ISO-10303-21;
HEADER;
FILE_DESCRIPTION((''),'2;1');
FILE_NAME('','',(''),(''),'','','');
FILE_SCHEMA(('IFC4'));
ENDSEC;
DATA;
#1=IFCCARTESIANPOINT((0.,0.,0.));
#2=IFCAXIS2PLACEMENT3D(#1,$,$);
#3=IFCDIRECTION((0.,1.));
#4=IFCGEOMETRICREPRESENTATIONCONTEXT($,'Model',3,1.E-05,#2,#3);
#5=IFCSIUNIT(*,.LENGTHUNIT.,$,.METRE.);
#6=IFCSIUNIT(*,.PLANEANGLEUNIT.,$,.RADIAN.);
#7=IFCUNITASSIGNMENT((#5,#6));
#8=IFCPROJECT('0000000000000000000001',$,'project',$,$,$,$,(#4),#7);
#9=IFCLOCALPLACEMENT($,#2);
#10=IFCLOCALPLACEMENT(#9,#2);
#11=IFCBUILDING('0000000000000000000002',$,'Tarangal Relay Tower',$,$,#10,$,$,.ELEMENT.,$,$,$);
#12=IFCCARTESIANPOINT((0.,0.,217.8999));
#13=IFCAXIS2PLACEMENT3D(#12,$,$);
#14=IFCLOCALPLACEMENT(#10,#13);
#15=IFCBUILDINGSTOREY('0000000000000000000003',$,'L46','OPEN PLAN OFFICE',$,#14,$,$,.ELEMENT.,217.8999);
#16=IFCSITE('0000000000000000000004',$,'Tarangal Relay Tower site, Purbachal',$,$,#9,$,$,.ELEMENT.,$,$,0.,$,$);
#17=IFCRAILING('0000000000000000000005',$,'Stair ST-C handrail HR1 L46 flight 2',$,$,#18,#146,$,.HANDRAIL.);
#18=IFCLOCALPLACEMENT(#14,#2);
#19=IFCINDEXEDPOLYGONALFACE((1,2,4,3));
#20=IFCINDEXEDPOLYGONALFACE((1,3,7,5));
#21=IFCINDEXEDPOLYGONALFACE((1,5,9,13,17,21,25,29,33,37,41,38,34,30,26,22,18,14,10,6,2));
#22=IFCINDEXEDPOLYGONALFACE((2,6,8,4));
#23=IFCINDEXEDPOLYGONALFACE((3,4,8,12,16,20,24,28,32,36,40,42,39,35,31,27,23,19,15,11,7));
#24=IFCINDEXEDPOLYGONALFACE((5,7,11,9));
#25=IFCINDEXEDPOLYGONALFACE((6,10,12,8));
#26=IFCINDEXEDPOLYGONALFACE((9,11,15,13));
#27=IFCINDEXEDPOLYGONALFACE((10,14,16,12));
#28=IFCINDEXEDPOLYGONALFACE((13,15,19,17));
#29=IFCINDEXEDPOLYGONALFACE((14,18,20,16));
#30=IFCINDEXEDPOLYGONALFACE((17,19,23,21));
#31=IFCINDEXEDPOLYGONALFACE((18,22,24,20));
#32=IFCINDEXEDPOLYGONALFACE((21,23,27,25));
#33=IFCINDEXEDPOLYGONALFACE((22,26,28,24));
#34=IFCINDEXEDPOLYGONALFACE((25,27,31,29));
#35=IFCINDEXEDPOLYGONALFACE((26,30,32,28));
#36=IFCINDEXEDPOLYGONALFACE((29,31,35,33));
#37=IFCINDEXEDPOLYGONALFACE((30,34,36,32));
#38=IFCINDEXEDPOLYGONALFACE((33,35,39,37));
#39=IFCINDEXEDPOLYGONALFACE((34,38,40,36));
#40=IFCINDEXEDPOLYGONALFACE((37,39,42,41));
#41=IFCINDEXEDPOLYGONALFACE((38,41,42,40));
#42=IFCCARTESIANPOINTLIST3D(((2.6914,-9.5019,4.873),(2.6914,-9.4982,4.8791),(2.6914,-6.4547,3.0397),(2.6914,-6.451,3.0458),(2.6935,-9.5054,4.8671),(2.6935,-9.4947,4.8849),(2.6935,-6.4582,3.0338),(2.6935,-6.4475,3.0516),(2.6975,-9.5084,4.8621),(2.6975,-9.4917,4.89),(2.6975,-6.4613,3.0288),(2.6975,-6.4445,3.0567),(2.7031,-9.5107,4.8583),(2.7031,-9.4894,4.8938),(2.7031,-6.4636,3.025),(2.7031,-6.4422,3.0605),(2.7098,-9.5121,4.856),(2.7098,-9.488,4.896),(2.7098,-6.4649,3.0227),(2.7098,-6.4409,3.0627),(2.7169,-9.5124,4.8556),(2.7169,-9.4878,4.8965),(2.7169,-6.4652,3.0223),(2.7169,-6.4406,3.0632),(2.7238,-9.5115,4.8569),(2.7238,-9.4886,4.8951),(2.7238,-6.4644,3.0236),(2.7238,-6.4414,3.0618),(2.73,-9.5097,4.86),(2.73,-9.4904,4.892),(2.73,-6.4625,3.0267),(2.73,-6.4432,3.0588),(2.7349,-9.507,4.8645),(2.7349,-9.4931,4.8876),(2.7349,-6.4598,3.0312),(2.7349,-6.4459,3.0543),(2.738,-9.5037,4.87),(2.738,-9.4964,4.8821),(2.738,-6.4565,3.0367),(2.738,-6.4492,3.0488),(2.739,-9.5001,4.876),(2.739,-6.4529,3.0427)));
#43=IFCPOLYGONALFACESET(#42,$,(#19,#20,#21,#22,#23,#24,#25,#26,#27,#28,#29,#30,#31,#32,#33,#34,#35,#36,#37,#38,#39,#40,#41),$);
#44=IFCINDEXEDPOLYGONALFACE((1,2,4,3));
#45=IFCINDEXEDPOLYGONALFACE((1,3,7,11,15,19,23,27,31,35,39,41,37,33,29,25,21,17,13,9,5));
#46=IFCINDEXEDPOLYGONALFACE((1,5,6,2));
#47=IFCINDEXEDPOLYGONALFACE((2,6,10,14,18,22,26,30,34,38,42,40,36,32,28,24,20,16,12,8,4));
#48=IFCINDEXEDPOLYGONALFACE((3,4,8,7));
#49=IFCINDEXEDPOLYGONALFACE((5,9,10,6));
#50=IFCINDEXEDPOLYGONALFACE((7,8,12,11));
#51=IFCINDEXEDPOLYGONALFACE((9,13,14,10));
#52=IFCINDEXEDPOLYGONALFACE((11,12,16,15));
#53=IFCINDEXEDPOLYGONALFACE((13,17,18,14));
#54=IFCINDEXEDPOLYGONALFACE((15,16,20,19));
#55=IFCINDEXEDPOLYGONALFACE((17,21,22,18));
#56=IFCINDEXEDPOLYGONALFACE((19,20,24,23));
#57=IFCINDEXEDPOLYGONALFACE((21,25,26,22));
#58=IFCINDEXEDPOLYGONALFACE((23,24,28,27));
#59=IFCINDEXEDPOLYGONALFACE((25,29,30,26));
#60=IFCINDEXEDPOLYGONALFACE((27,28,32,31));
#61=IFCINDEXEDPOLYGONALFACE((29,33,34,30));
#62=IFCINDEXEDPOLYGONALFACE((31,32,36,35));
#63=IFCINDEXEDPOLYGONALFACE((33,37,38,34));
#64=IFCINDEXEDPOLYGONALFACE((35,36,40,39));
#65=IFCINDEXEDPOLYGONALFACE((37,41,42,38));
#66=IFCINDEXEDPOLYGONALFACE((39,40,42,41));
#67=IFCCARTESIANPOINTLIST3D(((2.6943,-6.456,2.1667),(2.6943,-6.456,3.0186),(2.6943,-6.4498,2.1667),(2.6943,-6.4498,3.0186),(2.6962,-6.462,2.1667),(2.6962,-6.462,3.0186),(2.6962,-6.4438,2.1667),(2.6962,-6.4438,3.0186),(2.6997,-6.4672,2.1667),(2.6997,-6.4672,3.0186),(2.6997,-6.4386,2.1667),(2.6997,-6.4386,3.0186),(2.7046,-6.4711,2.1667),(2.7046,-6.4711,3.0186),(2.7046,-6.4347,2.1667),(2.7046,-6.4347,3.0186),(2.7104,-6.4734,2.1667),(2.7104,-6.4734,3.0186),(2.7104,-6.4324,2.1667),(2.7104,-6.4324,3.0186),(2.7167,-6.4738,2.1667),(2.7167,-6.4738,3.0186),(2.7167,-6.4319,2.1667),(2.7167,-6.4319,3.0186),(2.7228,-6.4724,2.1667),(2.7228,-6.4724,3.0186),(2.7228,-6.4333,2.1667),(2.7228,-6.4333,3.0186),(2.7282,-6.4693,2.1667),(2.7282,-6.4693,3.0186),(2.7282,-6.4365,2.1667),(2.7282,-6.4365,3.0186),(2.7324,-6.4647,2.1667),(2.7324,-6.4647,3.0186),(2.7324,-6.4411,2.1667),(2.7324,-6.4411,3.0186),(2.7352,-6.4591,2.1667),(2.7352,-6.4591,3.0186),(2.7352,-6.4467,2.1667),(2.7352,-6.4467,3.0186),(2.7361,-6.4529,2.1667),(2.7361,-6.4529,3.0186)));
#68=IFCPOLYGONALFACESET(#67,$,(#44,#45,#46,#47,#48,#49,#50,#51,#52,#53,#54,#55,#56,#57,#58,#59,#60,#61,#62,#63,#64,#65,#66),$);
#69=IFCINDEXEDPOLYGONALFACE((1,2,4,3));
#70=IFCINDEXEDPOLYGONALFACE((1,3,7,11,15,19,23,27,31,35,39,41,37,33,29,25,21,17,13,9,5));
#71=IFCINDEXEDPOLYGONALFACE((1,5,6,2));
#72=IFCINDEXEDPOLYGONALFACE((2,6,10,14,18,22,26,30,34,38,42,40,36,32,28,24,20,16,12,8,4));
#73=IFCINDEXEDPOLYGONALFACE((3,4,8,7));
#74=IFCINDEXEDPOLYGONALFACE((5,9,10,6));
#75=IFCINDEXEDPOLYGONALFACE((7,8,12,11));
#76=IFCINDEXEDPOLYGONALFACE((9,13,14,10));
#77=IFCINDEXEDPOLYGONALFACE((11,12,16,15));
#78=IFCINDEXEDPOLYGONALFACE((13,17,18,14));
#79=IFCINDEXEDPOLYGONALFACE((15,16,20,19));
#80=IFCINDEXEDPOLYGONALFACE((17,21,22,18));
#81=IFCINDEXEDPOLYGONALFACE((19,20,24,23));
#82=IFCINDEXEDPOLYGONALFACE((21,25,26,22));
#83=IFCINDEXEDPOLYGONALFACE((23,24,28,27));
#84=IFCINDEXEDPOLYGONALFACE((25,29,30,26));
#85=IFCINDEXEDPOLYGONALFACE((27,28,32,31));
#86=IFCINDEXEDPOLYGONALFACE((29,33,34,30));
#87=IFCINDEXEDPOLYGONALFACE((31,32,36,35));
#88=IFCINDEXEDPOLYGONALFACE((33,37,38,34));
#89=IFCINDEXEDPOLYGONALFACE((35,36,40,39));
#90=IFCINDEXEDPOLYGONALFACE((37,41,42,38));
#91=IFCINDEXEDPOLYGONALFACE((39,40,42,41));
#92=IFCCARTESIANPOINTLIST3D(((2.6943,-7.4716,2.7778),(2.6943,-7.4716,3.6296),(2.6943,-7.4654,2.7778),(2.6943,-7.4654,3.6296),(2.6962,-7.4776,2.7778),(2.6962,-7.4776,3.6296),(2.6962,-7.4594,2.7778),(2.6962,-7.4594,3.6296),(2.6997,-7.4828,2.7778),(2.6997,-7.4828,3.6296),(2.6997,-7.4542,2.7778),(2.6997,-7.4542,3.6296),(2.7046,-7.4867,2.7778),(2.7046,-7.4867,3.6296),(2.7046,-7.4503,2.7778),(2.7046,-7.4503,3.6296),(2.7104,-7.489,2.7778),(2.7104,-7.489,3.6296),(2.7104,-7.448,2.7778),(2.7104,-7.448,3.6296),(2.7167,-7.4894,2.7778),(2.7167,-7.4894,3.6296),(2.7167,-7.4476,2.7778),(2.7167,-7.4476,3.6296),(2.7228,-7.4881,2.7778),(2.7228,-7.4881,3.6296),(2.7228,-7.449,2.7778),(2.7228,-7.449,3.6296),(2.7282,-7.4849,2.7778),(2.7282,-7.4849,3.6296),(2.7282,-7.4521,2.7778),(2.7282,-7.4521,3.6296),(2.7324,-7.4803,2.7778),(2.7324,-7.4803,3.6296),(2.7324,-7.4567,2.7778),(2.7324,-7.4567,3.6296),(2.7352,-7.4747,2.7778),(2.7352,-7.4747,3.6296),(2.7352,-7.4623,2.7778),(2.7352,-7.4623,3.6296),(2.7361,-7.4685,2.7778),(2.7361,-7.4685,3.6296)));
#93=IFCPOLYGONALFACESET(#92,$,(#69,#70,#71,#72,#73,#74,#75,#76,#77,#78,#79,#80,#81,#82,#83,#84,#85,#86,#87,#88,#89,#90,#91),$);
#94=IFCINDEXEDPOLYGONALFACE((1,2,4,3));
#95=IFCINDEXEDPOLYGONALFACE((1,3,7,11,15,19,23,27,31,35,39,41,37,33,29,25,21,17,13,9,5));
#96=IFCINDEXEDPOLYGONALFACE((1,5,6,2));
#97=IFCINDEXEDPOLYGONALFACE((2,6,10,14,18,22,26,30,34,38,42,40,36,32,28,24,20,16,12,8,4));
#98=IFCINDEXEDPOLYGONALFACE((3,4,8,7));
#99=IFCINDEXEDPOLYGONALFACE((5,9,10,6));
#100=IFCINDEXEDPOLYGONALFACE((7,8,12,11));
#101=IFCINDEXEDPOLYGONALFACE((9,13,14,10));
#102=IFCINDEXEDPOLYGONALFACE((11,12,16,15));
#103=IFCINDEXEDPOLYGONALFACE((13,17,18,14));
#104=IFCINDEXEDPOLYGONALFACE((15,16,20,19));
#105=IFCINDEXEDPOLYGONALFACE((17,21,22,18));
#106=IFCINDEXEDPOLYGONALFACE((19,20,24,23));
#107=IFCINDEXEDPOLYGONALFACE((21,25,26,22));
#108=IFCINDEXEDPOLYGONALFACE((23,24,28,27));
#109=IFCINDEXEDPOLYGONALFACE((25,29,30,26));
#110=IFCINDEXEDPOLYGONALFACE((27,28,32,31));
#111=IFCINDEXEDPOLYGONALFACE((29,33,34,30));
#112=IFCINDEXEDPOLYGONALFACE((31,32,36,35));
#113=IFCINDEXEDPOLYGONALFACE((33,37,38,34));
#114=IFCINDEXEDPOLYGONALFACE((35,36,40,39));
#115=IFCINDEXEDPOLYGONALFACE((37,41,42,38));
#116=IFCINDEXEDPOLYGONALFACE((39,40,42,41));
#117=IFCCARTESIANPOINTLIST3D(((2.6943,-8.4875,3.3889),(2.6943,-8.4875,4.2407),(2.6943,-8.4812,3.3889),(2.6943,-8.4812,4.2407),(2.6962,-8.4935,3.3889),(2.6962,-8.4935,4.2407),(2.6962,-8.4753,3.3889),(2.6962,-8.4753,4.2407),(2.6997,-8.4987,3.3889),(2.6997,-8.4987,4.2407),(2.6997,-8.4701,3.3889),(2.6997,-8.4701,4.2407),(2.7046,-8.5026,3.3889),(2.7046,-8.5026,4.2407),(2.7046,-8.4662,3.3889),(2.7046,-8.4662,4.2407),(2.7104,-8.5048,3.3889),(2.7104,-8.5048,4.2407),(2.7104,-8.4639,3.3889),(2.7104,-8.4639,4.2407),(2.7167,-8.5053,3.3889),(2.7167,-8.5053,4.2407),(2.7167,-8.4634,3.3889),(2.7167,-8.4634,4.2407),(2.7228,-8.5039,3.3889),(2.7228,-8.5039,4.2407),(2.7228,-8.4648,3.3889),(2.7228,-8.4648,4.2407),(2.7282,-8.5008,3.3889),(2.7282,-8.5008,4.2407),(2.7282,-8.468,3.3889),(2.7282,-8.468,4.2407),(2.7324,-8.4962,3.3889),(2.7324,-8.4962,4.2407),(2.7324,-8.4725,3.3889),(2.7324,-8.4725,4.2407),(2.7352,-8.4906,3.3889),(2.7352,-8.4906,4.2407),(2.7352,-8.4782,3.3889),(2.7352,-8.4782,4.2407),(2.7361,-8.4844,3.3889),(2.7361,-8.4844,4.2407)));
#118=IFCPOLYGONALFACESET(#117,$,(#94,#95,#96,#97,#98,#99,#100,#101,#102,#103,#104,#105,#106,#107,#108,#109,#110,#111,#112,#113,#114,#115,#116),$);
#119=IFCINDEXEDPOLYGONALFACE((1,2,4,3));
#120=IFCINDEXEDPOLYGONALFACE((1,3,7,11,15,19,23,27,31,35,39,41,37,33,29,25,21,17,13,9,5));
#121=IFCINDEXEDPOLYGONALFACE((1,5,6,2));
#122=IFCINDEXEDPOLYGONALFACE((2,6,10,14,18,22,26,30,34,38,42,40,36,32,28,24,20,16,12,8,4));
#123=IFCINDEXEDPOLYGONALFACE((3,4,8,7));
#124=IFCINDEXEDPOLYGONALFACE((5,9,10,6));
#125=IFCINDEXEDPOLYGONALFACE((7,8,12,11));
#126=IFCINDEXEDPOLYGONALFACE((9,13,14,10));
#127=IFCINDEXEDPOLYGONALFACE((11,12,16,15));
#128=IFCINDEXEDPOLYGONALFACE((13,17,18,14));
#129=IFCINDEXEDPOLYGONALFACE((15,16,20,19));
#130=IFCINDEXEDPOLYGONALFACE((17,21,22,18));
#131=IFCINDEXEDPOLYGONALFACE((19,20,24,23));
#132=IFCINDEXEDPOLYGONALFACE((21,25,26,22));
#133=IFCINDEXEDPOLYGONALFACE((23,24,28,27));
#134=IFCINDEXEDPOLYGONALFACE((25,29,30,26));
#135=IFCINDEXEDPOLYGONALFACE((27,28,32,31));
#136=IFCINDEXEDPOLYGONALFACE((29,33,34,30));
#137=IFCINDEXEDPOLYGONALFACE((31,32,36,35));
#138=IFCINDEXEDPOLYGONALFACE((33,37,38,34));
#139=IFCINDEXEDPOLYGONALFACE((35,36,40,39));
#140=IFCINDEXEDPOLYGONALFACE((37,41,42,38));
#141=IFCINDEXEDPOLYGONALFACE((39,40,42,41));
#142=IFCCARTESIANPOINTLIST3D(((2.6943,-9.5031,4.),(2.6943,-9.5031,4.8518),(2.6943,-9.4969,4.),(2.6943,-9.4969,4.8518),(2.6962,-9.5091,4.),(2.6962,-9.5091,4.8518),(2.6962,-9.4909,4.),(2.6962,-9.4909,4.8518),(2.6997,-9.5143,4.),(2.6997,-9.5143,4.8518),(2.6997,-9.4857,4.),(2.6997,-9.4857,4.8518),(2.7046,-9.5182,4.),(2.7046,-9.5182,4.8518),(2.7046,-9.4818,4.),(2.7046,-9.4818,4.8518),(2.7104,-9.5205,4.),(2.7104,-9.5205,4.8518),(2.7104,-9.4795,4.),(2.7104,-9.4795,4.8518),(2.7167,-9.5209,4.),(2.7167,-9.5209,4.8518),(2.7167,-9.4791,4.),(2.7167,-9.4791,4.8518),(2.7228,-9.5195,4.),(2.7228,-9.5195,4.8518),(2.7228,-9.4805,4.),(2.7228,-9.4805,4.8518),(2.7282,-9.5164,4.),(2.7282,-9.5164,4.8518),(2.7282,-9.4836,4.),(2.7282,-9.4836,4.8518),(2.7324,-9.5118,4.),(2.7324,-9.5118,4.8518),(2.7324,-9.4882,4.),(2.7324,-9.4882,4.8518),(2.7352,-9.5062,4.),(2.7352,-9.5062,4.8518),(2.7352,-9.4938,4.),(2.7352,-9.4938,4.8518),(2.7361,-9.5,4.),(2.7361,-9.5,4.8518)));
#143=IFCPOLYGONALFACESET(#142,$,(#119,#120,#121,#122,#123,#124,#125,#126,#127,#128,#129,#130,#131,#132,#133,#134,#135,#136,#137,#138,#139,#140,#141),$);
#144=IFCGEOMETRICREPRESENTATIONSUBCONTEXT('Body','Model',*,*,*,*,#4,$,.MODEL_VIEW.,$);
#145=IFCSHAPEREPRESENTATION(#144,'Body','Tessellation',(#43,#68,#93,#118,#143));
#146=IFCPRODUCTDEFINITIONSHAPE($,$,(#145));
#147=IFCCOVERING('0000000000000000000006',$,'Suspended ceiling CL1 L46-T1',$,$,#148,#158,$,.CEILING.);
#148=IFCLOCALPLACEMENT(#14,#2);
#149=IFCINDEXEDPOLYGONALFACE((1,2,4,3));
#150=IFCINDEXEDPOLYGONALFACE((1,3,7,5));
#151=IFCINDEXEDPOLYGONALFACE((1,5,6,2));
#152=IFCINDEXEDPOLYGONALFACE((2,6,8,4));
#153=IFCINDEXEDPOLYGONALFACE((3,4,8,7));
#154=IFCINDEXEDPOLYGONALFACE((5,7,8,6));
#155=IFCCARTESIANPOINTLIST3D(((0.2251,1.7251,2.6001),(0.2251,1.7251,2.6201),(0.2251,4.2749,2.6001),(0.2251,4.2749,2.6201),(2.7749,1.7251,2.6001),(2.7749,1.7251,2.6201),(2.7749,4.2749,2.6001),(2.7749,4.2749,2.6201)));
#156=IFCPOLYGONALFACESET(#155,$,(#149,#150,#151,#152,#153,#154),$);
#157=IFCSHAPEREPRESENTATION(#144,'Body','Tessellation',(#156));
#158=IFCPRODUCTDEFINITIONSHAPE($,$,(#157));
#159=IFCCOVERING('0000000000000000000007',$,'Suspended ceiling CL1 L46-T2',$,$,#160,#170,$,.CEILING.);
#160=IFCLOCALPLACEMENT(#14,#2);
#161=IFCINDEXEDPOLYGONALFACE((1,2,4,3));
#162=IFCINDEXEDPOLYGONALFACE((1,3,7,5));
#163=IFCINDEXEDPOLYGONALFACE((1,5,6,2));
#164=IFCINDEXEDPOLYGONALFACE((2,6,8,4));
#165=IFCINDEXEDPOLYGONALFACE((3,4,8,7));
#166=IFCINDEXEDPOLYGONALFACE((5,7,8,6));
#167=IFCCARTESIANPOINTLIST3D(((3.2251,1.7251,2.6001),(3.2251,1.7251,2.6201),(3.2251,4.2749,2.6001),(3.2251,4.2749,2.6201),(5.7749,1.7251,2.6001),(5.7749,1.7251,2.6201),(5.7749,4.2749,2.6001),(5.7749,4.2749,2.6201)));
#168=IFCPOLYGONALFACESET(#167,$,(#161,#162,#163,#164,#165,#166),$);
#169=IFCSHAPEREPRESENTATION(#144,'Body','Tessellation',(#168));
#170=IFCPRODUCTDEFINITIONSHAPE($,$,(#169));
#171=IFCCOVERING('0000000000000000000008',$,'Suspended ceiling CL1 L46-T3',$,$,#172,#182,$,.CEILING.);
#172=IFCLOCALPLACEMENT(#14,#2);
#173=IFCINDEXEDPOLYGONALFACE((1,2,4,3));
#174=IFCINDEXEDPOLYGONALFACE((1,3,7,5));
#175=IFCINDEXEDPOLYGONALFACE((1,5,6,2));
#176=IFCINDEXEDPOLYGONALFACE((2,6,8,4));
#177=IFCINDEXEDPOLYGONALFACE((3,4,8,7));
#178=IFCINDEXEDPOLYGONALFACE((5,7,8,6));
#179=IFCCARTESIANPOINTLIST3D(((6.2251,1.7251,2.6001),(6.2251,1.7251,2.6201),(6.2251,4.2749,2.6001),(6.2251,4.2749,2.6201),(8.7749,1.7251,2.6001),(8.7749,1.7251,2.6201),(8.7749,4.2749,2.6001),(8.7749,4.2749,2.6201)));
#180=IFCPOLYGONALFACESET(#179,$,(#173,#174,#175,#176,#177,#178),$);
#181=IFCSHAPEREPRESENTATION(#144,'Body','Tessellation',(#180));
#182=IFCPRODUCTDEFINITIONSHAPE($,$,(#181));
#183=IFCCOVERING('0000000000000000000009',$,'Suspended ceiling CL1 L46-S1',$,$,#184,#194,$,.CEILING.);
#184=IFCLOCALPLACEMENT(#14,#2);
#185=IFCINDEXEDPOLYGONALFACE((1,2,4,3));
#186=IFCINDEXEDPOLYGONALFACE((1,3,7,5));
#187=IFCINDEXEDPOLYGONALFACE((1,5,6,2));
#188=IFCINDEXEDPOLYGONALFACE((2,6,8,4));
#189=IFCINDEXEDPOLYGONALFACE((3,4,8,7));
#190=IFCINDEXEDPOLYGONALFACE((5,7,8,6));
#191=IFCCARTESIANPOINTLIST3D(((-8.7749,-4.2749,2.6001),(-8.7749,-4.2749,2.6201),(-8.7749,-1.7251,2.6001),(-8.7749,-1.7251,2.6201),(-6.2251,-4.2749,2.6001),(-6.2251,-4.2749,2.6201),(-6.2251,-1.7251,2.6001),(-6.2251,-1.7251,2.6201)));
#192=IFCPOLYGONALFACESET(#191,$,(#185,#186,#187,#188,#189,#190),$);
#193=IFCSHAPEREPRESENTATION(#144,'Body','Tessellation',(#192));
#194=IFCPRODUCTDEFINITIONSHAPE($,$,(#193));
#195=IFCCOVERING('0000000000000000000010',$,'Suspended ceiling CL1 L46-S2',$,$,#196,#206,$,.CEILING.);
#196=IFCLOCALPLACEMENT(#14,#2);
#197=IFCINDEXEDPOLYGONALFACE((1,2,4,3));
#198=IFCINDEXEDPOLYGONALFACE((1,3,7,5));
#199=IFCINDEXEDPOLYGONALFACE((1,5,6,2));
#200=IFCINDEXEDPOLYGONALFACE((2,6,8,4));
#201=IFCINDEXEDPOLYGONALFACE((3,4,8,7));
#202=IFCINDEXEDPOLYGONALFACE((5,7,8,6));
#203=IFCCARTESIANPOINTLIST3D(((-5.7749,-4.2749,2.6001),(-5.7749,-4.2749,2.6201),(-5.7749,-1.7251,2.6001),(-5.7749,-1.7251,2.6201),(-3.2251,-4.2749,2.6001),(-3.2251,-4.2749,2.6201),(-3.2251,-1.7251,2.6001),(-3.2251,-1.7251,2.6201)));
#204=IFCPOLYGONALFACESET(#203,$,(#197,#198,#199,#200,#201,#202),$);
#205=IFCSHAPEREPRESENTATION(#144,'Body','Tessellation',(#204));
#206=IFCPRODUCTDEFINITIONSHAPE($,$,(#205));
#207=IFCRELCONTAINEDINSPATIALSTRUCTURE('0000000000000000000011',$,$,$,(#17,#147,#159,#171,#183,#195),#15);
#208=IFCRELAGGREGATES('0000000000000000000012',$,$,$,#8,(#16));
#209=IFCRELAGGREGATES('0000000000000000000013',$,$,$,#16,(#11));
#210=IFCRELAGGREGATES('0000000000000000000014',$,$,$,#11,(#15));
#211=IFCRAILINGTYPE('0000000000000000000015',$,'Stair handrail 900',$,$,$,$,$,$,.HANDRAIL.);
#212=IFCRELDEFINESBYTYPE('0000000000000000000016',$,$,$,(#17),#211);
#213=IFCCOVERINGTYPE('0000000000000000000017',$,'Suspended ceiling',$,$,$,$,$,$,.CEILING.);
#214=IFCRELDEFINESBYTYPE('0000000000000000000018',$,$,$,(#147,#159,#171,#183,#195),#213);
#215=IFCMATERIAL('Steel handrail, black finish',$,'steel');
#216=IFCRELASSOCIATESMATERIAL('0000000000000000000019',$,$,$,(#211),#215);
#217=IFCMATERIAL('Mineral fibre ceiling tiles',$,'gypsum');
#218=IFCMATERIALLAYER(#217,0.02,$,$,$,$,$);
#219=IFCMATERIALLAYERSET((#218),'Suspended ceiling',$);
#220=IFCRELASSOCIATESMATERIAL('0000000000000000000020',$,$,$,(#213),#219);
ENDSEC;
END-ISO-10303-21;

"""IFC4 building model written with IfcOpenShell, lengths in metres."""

from ifc_helpers import new_model, si_unit, direction, frame, origin, origin_2d, place, context, subcontext, project, spatial, polyline, circle, outline, extrude, material, layer, layer_set, type_object, element, save


model = new_model("IFC4")

# Units and contexts
model_context = context("Model", 3, precision=1e-05, world=origin(), true_north=direction((0.0, 1.0)))
body_context = subcontext(model_context, "Body", "Model", "MODEL_VIEW")
ifc_project = project(units=[si_unit("LENGTHUNIT", "METRE"), si_unit("PLANEANGLEUNIT", "RADIAN")], contexts=[model_context])

# Site, building, storey
site_placement = place(None, origin())
site = spatial("IfcSite", under=ifc_project, at=site_placement, Name="Tarangal Relay Tower site, Purbachal", CompositionType="ELEMENT", RefElevation=0.0)
building_placement = place(site_placement, origin())
building = spatial("IfcBuilding", under=site, at=building_placement, Name="Tarangal Relay Tower", CompositionType="ELEMENT")
storey_placement = place(building_placement, frame((0.0, 0.0, 217.8999)))
storey = spatial("IfcBuildingStorey", under=building, at=storey_placement, Name="L46", Description="OPEN PLAN OFFICE", CompositionType="ELEMENT", Elevation=217.8999)

# Railing
ifc_material_1 = material(Name="Steel handrail, black finish", Category="steel")
railing_type_1 = type_object("IfcRailingType", Name="Stair handrail 900", PredefinedType="HANDRAIL", material=ifc_material_1)
railing_1_placement = place(storey_placement, frame((2.7151, -6.4529, 2.1667)))
element("IfcRailing", 1, at=railing_1_placement, inside=storey, type_object=railing_type_1, Name="Stair ST-C handrail HR1 L46 flight 2", PredefinedType="HANDRAIL", context=body_context, shape_type="SweptSolid", body=[
    extrude(circle(Radius=0.0239, at=origin_2d()), frame((0.0, 0.0, 0.876), z_axis=(0.0, -0.856874, 0.515525), x_axis=(1.0, 0.0, 0.0)), (0.0, 0.0, 1.0), 3.5562),
    extrude(circle(Radius=0.021, at=origin_2d()), origin(), (0.0, 0.0, 1.0), 0.8518),
    extrude(circle(Radius=0.021, at=origin_2d()), frame((0.0, -1.0156, 0.6111)), (0.0, 0.0, 1.0), 0.8518),
    extrude(circle(Radius=0.021, at=origin_2d()), frame((0.0, -2.0315, 1.2222)), (0.0, 0.0, 1.0), 0.8518),
    extrude(circle(Radius=0.021, at=origin_2d()), frame((0.0, -3.0471, 1.8333)), (0.0, 0.0, 1.0), 0.8518),
])

# Coverings
ifc_material_2 = material(Name="Mineral fibre ceiling tiles", Category="gypsum")
ifc_layer_1 = layer(ifc_material_2, 0.02)
ifc_layer_set_1 = layer_set([ifc_layer_1], Name="Suspended ceiling")
covering_type_1 = type_object("IfcCoveringType", Name="Suspended ceiling", PredefinedType="CEILING", material=ifc_layer_set_1)
covering_1_placement = place(storey_placement, frame((0.0, 0.0, 2.6001)))
element("IfcCovering", 2, at=covering_1_placement, inside=storey, type_object=covering_type_1, Name="Suspended ceiling CL1 L46-T1", PredefinedType="CEILING", context=body_context, shape_type="SweptSolid", body=[
    extrude(outline(polyline([(0.2251, 1.7251), (2.7749, 1.7251), (2.7749, 4.2749), (0.2251, 4.2749), (0.2251, 1.7251)])), origin(), (0.0, 0.0, 1.0), 0.02),
])
covering_2_placement = place(storey_placement, frame((0.0, 0.0, 2.6001)))
element("IfcCovering", 3, at=covering_2_placement, inside=storey, type_object=covering_type_1, Name="Suspended ceiling CL1 L46-T2", PredefinedType="CEILING", context=body_context, shape_type="SweptSolid", body=[
    extrude(outline(polyline([(3.2251, 1.7251), (5.7749, 1.7251), (5.7749, 4.2749), (3.2251, 4.2749), (3.2251, 1.7251)])), origin(), (0.0, 0.0, 1.0), 0.02),
])
covering_3_placement = place(storey_placement, frame((0.0, 0.0, 2.6001)))
element("IfcCovering", 4, at=covering_3_placement, inside=storey, type_object=covering_type_1, Name="Suspended ceiling CL1 L46-T3", PredefinedType="CEILING", context=body_context, shape_type="SweptSolid", body=[
    extrude(outline(polyline([(6.2251, 1.7251), (8.7749, 1.7251), (8.7749, 4.2749), (6.2251, 4.2749), (6.2251, 1.7251)])), origin(), (0.0, 0.0, 1.0), 0.02),
])
covering_4_placement = place(storey_placement, frame((0.0, 0.0, 2.6001)))
element("IfcCovering", 5, at=covering_4_placement, inside=storey, type_object=covering_type_1, Name="Suspended ceiling CL1 L46-S1", PredefinedType="CEILING", context=body_context, shape_type="SweptSolid", body=[
    extrude(outline(polyline([(-8.7749, -4.2749), (-6.2251, -4.2749), (-6.2251, -1.7251), (-8.7749, -1.7251), (-8.7749, -4.2749)])), origin(), (0.0, 0.0, 1.0), 0.02),
])
covering_5_placement = place(storey_placement, frame((0.0, 0.0, 2.6001)))
element("IfcCovering", 6, at=covering_5_placement, inside=storey, type_object=covering_type_1, Name="Suspended ceiling CL1 L46-S2", PredefinedType="CEILING", context=body_context, shape_type="SweptSolid", body=[
    extrude(outline(polyline([(-5.7749, -4.2749), (-3.2251, -4.2749), (-3.2251, -1.7251), (-5.7749, -1.7251), (-5.7749, -4.2749)])), origin(), (0.0, 0.0, 1.0), 0.02),
])

save(model, "model.ifc")
